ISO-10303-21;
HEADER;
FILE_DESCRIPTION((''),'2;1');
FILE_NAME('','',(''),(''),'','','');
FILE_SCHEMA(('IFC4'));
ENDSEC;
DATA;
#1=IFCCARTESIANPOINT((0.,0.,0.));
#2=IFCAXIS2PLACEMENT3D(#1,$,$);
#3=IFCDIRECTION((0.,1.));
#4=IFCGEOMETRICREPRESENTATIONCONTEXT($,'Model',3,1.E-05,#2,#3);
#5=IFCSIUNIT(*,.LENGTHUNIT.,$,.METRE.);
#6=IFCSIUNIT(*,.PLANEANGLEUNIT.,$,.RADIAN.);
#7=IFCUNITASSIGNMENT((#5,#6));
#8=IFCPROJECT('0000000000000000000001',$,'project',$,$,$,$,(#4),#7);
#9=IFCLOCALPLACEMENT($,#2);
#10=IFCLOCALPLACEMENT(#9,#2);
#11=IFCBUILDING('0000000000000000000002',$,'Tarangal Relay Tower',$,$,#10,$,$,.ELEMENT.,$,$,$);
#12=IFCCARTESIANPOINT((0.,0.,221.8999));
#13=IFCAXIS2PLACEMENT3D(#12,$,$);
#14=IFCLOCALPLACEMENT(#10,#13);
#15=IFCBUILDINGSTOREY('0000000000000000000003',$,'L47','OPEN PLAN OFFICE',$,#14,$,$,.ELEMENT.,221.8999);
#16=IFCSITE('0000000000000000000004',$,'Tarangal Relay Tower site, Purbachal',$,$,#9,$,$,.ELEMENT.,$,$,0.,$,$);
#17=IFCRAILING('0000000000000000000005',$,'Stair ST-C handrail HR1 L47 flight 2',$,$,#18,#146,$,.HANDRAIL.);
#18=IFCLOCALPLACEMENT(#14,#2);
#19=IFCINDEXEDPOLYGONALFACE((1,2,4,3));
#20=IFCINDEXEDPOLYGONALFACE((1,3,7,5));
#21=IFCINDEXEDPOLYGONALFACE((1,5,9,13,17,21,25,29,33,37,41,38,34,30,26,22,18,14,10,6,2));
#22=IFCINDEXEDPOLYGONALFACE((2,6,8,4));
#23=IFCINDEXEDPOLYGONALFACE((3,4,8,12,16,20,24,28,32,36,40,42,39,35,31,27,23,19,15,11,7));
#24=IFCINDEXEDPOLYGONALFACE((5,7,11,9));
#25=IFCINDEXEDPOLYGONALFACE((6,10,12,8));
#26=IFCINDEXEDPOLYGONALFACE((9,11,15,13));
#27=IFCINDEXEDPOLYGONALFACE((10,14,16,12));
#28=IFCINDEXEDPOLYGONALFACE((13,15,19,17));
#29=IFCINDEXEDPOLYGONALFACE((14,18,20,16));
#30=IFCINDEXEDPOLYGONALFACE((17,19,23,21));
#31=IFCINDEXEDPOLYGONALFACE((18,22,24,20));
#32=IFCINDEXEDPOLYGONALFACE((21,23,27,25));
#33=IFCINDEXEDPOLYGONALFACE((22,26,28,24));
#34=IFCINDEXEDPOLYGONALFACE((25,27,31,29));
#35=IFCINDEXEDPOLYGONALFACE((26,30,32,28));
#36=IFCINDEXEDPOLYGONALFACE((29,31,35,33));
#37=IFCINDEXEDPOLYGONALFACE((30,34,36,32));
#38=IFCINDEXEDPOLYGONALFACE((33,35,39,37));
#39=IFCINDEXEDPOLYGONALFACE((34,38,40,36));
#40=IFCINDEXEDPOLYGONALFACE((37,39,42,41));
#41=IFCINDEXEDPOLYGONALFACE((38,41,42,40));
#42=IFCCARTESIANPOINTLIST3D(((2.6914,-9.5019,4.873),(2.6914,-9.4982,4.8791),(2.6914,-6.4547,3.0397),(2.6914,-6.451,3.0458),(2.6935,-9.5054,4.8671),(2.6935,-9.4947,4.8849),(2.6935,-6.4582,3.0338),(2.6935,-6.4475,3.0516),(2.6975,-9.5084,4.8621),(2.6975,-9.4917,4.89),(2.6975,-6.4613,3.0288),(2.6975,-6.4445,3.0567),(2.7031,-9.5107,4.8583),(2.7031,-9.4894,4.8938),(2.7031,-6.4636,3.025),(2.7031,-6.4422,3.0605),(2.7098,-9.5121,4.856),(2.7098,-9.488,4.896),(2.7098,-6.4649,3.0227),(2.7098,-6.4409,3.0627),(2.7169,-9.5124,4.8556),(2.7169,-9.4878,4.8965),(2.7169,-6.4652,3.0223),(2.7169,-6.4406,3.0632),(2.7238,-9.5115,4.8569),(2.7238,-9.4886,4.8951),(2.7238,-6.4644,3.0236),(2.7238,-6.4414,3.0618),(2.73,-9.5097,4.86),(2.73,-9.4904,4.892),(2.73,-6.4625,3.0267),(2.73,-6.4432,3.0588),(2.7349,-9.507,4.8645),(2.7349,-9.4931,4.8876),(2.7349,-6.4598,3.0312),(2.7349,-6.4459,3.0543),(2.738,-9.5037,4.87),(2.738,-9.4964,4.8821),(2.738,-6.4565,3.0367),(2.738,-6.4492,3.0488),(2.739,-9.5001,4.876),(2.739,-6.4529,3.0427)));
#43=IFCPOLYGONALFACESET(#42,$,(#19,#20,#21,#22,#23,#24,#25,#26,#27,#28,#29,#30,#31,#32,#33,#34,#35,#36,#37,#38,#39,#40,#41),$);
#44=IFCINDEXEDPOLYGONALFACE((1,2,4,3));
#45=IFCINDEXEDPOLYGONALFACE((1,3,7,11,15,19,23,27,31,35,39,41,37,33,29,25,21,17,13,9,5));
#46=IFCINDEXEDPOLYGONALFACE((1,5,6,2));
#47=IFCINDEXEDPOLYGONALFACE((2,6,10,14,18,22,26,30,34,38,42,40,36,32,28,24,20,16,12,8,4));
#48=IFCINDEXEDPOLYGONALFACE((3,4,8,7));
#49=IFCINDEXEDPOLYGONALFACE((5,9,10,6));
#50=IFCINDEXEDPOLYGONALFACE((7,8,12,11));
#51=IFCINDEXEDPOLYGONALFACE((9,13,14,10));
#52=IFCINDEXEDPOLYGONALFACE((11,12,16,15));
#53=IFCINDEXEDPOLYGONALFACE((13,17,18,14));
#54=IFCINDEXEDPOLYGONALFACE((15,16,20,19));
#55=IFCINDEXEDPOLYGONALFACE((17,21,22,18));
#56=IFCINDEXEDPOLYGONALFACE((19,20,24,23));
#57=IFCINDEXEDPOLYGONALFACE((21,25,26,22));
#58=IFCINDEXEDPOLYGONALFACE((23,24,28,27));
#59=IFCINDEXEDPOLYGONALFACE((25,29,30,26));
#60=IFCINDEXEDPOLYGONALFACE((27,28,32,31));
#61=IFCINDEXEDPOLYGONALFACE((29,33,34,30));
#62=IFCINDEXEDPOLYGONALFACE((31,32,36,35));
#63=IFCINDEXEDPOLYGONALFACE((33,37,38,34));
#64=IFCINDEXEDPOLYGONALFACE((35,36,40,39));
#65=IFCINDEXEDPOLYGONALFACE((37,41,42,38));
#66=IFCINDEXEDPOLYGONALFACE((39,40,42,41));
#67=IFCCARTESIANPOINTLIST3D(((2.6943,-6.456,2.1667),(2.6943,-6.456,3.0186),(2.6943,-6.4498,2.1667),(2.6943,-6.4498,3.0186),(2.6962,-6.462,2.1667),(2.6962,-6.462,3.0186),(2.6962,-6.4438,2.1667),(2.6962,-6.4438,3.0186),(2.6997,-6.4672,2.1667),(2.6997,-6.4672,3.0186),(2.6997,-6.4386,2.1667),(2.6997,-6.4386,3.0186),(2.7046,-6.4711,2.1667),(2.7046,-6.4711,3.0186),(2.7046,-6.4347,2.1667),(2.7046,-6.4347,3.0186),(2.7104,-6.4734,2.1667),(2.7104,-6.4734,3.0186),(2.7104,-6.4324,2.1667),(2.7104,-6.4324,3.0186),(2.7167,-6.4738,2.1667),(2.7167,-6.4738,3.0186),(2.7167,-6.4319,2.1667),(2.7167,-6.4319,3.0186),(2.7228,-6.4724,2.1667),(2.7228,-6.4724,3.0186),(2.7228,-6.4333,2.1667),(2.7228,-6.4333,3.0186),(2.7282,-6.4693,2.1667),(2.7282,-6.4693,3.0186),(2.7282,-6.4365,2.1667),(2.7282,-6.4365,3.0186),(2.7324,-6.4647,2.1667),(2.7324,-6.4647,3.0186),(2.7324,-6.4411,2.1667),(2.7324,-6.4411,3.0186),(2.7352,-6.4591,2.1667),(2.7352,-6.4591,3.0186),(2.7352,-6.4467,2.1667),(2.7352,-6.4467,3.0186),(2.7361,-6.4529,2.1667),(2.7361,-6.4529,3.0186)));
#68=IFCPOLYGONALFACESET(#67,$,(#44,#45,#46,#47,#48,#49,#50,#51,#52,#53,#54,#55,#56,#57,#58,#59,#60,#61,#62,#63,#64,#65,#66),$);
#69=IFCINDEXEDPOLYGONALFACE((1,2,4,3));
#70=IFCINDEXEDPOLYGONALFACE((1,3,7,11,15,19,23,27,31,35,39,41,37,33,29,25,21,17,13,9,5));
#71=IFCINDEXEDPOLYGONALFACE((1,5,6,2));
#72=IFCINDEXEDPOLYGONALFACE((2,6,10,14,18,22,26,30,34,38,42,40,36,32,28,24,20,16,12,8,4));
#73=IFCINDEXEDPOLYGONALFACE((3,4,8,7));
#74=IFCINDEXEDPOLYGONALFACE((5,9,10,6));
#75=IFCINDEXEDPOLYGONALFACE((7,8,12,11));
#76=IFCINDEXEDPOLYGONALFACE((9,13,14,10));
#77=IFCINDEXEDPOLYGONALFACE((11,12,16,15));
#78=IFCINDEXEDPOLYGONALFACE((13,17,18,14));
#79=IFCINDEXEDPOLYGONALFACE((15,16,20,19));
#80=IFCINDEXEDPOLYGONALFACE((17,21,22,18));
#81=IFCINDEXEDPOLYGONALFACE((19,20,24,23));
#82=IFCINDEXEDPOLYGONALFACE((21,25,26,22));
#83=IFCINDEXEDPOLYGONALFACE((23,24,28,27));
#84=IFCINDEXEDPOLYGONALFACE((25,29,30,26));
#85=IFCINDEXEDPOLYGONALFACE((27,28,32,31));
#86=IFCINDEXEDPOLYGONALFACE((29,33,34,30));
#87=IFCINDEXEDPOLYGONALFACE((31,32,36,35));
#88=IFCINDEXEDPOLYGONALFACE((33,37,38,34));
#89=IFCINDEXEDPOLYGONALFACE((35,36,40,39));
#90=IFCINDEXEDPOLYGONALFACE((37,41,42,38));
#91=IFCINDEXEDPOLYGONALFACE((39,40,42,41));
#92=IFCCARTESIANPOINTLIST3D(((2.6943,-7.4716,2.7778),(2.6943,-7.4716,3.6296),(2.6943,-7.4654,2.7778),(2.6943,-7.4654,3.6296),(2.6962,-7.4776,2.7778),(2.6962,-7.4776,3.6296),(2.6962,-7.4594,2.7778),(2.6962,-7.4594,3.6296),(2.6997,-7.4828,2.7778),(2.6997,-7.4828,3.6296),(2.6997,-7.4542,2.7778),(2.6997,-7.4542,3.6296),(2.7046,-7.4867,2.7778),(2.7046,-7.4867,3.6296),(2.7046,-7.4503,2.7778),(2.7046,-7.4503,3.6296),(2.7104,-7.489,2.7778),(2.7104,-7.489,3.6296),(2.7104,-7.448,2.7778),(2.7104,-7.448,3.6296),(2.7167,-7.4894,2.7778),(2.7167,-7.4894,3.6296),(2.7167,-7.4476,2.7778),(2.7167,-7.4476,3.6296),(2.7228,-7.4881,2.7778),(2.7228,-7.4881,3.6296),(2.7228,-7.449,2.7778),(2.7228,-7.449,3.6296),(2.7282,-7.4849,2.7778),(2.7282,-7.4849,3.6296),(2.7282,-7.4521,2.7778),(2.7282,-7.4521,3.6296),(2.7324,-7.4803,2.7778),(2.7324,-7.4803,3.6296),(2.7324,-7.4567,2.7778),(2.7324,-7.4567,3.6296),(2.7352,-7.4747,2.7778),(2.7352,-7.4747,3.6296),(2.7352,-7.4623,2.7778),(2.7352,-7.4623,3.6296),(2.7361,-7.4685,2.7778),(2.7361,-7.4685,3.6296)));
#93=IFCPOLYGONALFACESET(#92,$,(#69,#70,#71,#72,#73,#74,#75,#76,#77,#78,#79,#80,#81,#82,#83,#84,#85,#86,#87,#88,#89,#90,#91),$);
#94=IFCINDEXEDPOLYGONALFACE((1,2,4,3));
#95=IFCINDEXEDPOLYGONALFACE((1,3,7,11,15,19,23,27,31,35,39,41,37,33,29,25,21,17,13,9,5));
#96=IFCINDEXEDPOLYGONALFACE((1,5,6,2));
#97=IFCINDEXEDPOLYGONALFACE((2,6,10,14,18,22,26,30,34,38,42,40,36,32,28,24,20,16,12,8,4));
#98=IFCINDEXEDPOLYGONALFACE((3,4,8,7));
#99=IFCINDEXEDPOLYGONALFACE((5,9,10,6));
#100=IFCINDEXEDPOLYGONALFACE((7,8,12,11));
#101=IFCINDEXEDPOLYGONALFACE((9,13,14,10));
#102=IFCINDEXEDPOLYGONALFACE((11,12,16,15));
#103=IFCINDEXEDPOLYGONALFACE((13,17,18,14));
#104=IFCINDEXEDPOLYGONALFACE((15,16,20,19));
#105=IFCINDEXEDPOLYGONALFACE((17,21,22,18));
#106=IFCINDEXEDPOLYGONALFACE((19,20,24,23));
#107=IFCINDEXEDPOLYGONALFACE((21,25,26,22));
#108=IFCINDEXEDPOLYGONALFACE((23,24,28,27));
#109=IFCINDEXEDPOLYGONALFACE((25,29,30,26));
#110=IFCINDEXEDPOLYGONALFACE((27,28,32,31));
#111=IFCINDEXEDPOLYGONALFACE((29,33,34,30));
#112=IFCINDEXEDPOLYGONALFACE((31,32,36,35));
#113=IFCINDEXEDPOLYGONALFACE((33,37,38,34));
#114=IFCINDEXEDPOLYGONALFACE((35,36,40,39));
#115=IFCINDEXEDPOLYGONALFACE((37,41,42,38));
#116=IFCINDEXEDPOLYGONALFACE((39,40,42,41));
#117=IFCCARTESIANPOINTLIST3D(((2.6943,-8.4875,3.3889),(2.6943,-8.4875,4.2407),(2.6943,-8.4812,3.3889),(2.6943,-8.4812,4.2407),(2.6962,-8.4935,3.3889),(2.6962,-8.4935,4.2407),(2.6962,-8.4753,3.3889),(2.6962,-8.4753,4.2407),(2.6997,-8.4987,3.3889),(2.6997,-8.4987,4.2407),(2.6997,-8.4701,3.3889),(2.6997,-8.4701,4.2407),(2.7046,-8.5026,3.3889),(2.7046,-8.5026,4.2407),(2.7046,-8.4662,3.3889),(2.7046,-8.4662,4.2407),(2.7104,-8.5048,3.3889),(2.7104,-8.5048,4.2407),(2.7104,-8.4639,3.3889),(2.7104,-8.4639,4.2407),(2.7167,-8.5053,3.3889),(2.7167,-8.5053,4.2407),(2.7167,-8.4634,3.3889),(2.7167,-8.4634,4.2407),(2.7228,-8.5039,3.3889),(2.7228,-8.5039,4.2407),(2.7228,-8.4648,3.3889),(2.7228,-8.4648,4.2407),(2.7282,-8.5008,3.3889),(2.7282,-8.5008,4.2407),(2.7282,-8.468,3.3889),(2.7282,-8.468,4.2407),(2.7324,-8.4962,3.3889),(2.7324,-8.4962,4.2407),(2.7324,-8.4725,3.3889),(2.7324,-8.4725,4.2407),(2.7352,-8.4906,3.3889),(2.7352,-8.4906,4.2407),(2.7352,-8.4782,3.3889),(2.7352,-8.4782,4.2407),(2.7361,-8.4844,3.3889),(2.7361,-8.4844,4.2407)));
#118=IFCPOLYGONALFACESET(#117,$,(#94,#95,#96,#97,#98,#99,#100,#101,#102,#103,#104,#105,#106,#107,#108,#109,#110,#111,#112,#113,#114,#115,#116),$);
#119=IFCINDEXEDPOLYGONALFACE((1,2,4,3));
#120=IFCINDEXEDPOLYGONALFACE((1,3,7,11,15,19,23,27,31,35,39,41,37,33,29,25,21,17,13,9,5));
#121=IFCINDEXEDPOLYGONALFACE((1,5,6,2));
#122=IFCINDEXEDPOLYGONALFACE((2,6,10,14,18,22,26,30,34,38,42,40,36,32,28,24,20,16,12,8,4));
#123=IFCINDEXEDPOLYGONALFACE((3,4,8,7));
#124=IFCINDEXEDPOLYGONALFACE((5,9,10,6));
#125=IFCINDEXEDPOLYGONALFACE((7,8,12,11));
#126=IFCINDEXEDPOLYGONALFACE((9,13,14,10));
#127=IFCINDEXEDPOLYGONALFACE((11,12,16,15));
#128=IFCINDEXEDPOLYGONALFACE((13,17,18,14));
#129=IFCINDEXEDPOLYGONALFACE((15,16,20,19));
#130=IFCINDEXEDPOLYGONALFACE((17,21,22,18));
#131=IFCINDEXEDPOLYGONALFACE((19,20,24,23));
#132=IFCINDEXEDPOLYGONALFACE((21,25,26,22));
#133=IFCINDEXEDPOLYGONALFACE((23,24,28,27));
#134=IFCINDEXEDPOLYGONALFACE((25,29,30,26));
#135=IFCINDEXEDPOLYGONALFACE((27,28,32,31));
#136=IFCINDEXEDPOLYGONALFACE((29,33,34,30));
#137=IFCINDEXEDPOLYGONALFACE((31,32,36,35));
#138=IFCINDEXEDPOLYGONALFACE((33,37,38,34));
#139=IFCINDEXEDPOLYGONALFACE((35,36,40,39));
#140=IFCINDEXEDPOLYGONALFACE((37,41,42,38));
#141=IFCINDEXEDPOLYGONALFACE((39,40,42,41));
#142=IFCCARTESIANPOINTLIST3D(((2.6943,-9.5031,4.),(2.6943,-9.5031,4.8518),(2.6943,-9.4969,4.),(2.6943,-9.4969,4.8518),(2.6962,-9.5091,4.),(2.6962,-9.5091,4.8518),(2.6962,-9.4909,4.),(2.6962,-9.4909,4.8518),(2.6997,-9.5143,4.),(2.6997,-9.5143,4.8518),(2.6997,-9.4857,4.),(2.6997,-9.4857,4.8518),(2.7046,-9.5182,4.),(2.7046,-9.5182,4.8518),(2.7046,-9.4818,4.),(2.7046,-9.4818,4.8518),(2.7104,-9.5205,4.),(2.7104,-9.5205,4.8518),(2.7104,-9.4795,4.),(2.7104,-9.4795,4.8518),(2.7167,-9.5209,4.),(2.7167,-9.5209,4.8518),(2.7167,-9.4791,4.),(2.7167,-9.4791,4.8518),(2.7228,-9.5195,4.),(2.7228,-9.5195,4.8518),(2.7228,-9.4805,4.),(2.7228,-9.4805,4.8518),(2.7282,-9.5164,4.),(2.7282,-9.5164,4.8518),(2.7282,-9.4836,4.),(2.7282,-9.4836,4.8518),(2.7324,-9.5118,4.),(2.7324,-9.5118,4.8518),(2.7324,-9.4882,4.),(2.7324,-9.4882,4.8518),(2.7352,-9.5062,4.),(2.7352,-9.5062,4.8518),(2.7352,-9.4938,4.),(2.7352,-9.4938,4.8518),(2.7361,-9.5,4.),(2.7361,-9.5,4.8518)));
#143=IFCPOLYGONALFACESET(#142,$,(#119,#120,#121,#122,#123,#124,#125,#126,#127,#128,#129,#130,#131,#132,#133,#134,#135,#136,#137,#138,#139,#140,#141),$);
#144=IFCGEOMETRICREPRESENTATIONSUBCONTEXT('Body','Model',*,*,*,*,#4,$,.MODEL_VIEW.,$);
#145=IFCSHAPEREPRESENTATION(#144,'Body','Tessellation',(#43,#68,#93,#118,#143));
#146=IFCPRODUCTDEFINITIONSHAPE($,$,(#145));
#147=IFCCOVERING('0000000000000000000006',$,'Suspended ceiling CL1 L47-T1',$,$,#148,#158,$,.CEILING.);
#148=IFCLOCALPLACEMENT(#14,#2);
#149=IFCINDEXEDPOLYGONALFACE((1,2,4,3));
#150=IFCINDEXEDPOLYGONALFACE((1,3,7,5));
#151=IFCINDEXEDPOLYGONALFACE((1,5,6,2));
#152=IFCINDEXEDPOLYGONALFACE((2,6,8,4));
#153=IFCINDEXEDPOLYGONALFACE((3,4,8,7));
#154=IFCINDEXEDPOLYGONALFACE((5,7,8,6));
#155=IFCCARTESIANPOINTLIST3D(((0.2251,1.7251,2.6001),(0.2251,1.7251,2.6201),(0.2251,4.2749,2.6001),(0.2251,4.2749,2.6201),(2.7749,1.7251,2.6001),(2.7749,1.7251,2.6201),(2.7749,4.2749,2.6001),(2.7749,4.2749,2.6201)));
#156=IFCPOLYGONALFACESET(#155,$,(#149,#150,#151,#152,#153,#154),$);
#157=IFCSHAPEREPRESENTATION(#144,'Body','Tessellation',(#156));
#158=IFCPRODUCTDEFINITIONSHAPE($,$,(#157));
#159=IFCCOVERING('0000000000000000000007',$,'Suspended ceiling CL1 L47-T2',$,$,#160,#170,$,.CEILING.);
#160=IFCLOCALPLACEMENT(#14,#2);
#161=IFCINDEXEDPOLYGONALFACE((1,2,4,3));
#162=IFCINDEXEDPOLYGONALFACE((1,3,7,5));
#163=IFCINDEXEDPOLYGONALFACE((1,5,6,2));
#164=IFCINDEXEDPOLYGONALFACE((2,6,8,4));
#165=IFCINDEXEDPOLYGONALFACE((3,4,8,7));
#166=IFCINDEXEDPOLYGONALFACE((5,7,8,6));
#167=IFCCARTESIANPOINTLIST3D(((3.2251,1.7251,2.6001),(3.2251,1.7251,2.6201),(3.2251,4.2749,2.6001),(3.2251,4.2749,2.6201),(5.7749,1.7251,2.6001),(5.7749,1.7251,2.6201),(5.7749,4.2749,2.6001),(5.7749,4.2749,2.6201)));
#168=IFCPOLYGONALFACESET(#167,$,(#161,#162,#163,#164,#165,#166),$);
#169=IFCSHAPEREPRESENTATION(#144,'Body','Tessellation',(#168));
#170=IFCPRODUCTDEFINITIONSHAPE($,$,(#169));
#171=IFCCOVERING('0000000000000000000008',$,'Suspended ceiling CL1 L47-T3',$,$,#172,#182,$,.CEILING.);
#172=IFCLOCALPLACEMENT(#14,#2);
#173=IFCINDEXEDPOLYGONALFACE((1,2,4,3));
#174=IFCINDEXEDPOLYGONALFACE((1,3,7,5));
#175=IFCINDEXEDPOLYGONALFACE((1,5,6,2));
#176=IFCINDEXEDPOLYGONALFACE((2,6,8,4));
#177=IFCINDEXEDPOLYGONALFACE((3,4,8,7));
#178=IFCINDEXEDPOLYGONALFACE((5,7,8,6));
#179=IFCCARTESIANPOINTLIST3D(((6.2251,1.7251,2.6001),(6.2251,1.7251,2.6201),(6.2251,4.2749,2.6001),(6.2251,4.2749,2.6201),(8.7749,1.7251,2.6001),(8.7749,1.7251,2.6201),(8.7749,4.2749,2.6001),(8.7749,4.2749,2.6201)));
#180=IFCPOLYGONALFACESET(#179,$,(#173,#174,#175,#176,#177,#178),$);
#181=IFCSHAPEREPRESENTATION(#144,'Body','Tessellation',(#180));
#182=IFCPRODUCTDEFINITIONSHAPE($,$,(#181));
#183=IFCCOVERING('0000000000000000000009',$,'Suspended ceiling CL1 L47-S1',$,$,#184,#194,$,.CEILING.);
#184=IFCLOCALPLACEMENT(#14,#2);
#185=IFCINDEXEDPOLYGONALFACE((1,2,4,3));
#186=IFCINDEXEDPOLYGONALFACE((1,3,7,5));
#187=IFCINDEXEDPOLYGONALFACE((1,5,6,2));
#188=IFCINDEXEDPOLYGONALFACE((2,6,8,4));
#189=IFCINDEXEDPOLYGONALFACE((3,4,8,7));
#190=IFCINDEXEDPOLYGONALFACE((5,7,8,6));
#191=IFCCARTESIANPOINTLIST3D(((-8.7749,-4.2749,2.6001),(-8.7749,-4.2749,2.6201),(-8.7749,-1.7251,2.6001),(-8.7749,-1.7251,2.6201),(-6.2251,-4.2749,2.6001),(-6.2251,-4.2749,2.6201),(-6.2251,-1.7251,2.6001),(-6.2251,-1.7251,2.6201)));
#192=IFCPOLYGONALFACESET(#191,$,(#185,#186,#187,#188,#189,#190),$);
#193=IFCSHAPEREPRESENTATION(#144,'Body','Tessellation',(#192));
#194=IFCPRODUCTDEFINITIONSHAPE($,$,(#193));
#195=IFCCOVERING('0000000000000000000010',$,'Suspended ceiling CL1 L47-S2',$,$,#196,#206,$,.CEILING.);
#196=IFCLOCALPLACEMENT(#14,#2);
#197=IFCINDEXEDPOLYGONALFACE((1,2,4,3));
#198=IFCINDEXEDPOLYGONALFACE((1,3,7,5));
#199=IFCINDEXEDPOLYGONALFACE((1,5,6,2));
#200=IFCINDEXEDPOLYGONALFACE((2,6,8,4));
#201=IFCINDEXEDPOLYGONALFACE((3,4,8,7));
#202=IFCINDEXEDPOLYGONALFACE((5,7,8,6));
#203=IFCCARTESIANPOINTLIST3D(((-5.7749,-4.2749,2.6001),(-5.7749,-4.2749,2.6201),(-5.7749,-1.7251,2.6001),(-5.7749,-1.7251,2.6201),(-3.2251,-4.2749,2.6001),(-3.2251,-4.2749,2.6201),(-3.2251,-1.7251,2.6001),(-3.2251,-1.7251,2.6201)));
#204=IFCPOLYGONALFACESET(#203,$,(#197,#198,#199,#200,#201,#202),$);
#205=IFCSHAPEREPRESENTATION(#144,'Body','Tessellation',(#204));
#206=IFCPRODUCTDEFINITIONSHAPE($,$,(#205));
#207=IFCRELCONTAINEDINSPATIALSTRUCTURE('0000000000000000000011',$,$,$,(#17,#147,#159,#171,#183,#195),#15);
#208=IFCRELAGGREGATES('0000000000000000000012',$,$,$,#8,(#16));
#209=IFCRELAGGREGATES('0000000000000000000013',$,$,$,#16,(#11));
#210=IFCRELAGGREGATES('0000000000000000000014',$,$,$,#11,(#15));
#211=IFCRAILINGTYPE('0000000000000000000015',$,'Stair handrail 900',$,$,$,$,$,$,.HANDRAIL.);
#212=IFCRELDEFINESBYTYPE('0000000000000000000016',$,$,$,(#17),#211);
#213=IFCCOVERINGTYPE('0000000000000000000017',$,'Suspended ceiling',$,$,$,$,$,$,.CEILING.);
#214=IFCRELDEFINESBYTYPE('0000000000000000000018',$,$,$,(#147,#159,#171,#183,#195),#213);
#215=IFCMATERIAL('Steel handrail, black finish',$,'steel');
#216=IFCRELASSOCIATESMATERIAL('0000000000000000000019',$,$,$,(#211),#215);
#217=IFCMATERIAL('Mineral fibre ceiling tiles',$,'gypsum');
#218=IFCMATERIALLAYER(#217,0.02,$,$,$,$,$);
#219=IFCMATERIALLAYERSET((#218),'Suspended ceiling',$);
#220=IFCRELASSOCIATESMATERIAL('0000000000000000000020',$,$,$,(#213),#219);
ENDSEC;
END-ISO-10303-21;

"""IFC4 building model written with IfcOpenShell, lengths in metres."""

from ifc_helpers import new_model, si_unit, direction, frame, origin, origin_2d, place, context, subcontext, project, spatial, polyline, circle, outline, extrude, material, layer, layer_set, type_object, element, save


model = new_model("IFC4")

# Units and contexts
model_context = context("Model", 3, precision=1e-05, world=origin(), true_north=direction((0.0, 1.0)))
body_context = subcontext(model_context, "Body", "Model", "MODEL_VIEW")
ifc_project = project(units=[si_unit("LENGTHUNIT", "METRE"), si_unit("PLANEANGLEUNIT", "RADIAN")], contexts=[model_context])

# Site, building, storey
site_placement = place(None, origin())
site = spatial("IfcSite", under=ifc_project, at=site_placement, Name="Tarangal Relay Tower site, Purbachal", CompositionType="ELEMENT", RefElevation=0.0)
building_placement = place(site_placement, origin())
building = spatial("IfcBuilding", under=site, at=building_placement, Name="Tarangal Relay Tower", CompositionType="ELEMENT")
storey_placement = place(building_placement, frame((0.0, 0.0, 221.8999)))
storey = spatial("IfcBuildingStorey", under=building, at=storey_placement, Name="L47", Description="OPEN PLAN OFFICE", CompositionType="ELEMENT", Elevation=221.8999)

# Railing
ifc_material_1 = material(Name="Steel handrail, black finish", Category="steel")
railing_type_1 = type_object("IfcRailingType", Name="Stair handrail 900", PredefinedType="HANDRAIL", material=ifc_material_1)
railing_1_placement = place(storey_placement, frame((2.7151, -6.4529, 2.1667)))
element("IfcRailing", 1, at=railing_1_placement, inside=storey, type_object=railing_type_1, Name="Stair ST-C handrail HR1 L47 flight 2", PredefinedType="HANDRAIL", context=body_context, shape_type="SweptSolid", body=[
    extrude(circle(Radius=0.0239, at=origin_2d()), frame((0.0, 0.0, 0.876), z_axis=(0.0, -0.856874, 0.515525), x_axis=(1.0, 0.0, 0.0)), (0.0, 0.0, 1.0), 3.5562),
    extrude(circle(Radius=0.021, at=origin_2d()), origin(), (0.0, 0.0, 1.0), 0.8518),
    extrude(circle(Radius=0.021, at=origin_2d()), frame((0.0, -1.0156, 0.6111)), (0.0, 0.0, 1.0), 0.8518),
    extrude(circle(Radius=0.021, at=origin_2d()), frame((0.0, -2.0315, 1.2222)), (0.0, 0.0, 1.0), 0.8518),
    extrude(circle(Radius=0.021, at=origin_2d()), frame((0.0, -3.0471, 1.8333)), (0.0, 0.0, 1.0), 0.8518),
])

# Coverings
ifc_material_2 = material(Name="Mineral fibre ceiling tiles", Category="gypsum")
ifc_layer_1 = layer(ifc_material_2, 0.02)
ifc_layer_set_1 = layer_set([ifc_layer_1], Name="Suspended ceiling")
covering_type_1 = type_object("IfcCoveringType", Name="Suspended ceiling", PredefinedType="CEILING", material=ifc_layer_set_1)
covering_1_placement = place(storey_placement, frame((0.0, 0.0, 2.6001)))
element("IfcCovering", 2, at=covering_1_placement, inside=storey, type_object=covering_type_1, Name="Suspended ceiling CL1 L47-T1", PredefinedType="CEILING", context=body_context, shape_type="SweptSolid", body=[
    extrude(outline(polyline([(0.2251, 1.7251), (2.7749, 1.7251), (2.7749, 4.2749), (0.2251, 4.2749), (0.2251, 1.7251)])), origin(), (0.0, 0.0, 1.0), 0.02),
])
covering_2_placement = place(storey_placement, frame((0.0, 0.0, 2.6001)))
element("IfcCovering", 3, at=covering_2_placement, inside=storey, type_object=covering_type_1, Name="Suspended ceiling CL1 L47-T2", PredefinedType="CEILING", context=body_context, shape_type="SweptSolid", body=[
    extrude(outline(polyline([(3.2251, 1.7251), (5.7749, 1.7251), (5.7749, 4.2749), (3.2251, 4.2749), (3.2251, 1.7251)])), origin(), (0.0, 0.0, 1.0), 0.02),
])
covering_3_placement = place(storey_placement, frame((0.0, 0.0, 2.6001)))
element("IfcCovering", 4, at=covering_3_placement, inside=storey, type_object=covering_type_1, Name="Suspended ceiling CL1 L47-T3", PredefinedType="CEILING", context=body_context, shape_type="SweptSolid", body=[
    extrude(outline(polyline([(6.2251, 1.7251), (8.7749, 1.7251), (8.7749, 4.2749), (6.2251, 4.2749), (6.2251, 1.7251)])), origin(), (0.0, 0.0, 1.0), 0.02),
])
covering_4_placement = place(storey_placement, frame((0.0, 0.0, 2.6001)))
element("IfcCovering", 5, at=covering_4_placement, inside=storey, type_object=covering_type_1, Name="Suspended ceiling CL1 L47-S1", PredefinedType="CEILING", context=body_context, shape_type="SweptSolid", body=[
    extrude(outline(polyline([(-8.7749, -4.2749), (-6.2251, -4.2749), (-6.2251, -1.7251), (-8.7749, -1.7251), (-8.7749, -4.2749)])), origin(), (0.0, 0.0, 1.0), 0.02),
])
covering_5_placement = place(storey_placement, frame((0.0, 0.0, 2.6001)))
element("IfcCovering", 6, at=covering_5_placement, inside=storey, type_object=covering_type_1, Name="Suspended ceiling CL1 L47-S2", PredefinedType="CEILING", context=body_context, shape_type="SweptSolid", body=[
    extrude(outline(polyline([(-5.7749, -4.2749), (-3.2251, -4.2749), (-3.2251, -1.7251), (-5.7749, -1.7251), (-5.7749, -4.2749)])), origin(), (0.0, 0.0, 1.0), 0.02),
])

save(model, "model.ifc")
